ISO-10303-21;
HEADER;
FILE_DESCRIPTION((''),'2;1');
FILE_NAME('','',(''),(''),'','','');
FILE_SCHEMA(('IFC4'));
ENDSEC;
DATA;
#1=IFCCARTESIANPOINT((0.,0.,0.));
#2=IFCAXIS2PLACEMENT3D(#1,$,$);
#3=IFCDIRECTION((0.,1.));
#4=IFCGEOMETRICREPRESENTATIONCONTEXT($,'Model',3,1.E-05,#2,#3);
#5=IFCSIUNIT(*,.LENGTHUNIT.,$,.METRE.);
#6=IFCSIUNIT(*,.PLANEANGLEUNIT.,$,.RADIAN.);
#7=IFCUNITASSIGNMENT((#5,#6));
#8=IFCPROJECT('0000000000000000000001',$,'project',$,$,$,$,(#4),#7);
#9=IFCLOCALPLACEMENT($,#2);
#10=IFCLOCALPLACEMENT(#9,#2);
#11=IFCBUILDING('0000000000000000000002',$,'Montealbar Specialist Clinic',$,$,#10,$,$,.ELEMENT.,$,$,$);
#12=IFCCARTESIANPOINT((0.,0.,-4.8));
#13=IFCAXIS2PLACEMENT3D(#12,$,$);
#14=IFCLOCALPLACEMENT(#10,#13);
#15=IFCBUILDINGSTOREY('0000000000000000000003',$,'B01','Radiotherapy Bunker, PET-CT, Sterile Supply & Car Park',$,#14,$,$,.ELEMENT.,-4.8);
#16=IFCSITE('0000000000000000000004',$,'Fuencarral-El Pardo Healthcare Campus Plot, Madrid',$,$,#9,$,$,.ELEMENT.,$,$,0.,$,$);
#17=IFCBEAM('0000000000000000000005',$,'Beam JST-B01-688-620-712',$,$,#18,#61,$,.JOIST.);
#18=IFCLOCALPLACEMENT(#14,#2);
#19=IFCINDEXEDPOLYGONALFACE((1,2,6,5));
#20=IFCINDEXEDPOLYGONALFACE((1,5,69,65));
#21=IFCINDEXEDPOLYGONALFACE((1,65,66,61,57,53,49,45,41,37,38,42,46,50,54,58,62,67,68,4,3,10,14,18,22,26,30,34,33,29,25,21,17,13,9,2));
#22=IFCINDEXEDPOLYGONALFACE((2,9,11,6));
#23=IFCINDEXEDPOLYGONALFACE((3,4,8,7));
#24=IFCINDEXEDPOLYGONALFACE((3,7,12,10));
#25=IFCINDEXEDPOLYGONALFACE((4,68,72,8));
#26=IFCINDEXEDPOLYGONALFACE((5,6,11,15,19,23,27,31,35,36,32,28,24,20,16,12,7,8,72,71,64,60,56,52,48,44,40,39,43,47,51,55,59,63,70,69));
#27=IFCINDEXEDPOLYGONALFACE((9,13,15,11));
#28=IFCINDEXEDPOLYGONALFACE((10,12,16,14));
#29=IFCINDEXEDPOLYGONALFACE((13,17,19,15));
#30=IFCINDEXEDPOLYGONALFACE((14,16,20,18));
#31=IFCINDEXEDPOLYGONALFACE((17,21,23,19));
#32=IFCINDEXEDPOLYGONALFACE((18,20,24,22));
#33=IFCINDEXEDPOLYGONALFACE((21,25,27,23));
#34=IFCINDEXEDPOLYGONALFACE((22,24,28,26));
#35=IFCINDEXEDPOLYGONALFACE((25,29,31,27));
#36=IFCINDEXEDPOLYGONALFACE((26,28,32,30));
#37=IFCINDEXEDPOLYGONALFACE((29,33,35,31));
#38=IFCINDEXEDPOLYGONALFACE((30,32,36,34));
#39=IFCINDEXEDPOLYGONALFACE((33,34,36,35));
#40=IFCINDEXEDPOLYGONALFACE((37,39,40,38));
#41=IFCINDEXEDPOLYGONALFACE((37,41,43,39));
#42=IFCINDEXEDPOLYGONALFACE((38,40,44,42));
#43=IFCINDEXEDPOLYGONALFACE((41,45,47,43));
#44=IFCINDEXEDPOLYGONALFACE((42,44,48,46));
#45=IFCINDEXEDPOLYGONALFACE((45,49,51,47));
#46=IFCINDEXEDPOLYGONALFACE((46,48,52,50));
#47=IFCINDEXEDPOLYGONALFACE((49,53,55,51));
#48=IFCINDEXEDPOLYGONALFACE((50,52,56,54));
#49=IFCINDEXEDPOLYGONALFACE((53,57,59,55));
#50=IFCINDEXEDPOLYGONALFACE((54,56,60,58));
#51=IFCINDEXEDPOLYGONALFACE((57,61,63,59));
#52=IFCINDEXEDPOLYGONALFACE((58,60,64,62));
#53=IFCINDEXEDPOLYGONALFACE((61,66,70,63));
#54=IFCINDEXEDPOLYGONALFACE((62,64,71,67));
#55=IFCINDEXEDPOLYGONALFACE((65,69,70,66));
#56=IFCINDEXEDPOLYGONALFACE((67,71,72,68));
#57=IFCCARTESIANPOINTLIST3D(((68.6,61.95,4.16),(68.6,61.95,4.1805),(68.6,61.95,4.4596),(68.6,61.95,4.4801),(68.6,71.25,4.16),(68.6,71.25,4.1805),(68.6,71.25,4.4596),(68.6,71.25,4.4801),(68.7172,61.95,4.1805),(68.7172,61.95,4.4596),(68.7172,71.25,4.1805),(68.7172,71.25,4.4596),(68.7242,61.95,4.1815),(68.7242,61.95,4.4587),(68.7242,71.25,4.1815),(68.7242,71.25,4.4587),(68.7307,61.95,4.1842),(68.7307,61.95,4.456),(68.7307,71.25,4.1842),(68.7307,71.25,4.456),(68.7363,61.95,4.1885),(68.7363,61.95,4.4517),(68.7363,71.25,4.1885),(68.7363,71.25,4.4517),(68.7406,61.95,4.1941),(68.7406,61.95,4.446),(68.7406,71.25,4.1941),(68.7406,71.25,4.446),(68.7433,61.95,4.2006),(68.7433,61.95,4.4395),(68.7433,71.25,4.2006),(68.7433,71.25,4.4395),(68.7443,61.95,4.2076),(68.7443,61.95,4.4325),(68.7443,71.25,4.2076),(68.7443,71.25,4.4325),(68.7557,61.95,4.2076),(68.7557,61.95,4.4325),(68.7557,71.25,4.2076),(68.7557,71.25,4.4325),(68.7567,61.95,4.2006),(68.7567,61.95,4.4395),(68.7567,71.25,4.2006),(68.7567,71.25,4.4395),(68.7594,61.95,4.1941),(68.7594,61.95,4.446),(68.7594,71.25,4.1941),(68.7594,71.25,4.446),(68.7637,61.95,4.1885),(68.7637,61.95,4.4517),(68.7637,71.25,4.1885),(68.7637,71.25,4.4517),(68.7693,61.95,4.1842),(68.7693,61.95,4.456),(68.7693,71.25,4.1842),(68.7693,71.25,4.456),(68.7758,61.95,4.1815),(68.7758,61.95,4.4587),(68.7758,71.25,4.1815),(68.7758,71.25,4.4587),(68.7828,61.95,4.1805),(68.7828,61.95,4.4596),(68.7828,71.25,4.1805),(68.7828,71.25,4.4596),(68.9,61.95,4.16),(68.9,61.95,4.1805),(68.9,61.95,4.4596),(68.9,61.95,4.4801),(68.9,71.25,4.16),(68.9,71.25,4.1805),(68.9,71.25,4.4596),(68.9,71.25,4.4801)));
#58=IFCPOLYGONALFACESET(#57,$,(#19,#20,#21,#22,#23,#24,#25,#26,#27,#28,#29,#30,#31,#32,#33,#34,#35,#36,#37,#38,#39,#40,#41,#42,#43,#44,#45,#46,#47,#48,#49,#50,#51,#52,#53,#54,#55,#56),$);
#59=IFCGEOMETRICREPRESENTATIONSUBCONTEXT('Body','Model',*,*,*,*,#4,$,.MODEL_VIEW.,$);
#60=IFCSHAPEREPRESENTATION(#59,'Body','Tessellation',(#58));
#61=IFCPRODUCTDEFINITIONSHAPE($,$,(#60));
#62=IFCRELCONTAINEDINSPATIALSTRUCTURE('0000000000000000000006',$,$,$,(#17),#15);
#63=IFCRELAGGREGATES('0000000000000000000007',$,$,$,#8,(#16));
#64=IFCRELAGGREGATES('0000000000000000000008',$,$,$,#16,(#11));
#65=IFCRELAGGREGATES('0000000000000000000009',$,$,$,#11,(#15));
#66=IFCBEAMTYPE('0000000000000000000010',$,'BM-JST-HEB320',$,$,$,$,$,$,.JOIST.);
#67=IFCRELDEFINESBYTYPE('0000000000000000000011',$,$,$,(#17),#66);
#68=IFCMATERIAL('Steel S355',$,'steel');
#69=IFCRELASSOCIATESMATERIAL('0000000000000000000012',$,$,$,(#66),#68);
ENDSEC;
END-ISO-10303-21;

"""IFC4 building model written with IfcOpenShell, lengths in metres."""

from ifc_helpers import new_model, si_unit, direction, frame, origin, origin_2d, place, context, subcontext, project, spatial, i_section, extrude, material, material_profile, profile_set, type_object, element, save


model = new_model("IFC4")

# Units and contexts
model_context = context("Model", 3, precision=1e-05, world=origin(), true_north=direction((0.0, 1.0)))
body_context = subcontext(model_context, "Body", "Model", "MODEL_VIEW")
ifc_project = project(units=[si_unit("LENGTHUNIT", "METRE"), si_unit("PLANEANGLEUNIT", "RADIAN")], contexts=[model_context])

# Site, building, storey
site_placement = place(None, origin())
site = spatial("IfcSite", under=ifc_project, at=site_placement, Name="Fuencarral-El Pardo Healthcare Campus Plot, Madrid", CompositionType="ELEMENT", RefElevation=0.0)
building_placement = place(site_placement, origin())
building = spatial("IfcBuilding", under=site, at=building_placement, Name="Montealbar Specialist Clinic", CompositionType="ELEMENT")
storey_placement = place(building_placement, frame((0.0, 0.0, -4.8)))
storey = spatial("IfcBuildingStorey", under=building, at=storey_placement, Name="B01", Description="Radiotherapy Bunker, PET-CT, Sterile Supply & Car Park", CompositionType="ELEMENT", Elevation=-4.8)

# Shared definitions
ifc_material_1 = material(Name="Steel S355", Category="steel")

# Beam
ifc_material_profile_1 = material_profile(ifc_material_1, i_section(OverallWidth=0.3, OverallDepth=0.3201, WebThickness=0.0115, FlangeThickness=0.0205, FilletRadius=0.0271, at=origin_2d()), Name="HEB 320", Category="steel")
ifc_profile_set_1 = profile_set([ifc_material_profile_1], Name="Steel S355")
beam_type_1 = type_object("IfcBeamType", Name="BM-JST-HEB320", PredefinedType="JOIST", material=ifc_profile_set_1)
beam_1_placement = place(storey_placement, frame((68.75, 61.95, 4.3201), z_axis=(0.0, 1.0, 0.0), x_axis=(-1.0, 0.0, 0.0)))
element("IfcBeam", 1, at=beam_1_placement, inside=storey, type_object=beam_type_1, Name="Beam JST-B01-688-620-712", PredefinedType="JOIST", context=body_context, shape_type="SweptSolid", body=[
    extrude(i_section(OverallWidth=0.3, OverallDepth=0.3201, WebThickness=0.0115, FlangeThickness=0.0205, FilletRadius=0.0271, at=origin_2d()), origin(), (0.0, 0.0, 1.0), 9.3),
])

save(model, "model.ifc")
